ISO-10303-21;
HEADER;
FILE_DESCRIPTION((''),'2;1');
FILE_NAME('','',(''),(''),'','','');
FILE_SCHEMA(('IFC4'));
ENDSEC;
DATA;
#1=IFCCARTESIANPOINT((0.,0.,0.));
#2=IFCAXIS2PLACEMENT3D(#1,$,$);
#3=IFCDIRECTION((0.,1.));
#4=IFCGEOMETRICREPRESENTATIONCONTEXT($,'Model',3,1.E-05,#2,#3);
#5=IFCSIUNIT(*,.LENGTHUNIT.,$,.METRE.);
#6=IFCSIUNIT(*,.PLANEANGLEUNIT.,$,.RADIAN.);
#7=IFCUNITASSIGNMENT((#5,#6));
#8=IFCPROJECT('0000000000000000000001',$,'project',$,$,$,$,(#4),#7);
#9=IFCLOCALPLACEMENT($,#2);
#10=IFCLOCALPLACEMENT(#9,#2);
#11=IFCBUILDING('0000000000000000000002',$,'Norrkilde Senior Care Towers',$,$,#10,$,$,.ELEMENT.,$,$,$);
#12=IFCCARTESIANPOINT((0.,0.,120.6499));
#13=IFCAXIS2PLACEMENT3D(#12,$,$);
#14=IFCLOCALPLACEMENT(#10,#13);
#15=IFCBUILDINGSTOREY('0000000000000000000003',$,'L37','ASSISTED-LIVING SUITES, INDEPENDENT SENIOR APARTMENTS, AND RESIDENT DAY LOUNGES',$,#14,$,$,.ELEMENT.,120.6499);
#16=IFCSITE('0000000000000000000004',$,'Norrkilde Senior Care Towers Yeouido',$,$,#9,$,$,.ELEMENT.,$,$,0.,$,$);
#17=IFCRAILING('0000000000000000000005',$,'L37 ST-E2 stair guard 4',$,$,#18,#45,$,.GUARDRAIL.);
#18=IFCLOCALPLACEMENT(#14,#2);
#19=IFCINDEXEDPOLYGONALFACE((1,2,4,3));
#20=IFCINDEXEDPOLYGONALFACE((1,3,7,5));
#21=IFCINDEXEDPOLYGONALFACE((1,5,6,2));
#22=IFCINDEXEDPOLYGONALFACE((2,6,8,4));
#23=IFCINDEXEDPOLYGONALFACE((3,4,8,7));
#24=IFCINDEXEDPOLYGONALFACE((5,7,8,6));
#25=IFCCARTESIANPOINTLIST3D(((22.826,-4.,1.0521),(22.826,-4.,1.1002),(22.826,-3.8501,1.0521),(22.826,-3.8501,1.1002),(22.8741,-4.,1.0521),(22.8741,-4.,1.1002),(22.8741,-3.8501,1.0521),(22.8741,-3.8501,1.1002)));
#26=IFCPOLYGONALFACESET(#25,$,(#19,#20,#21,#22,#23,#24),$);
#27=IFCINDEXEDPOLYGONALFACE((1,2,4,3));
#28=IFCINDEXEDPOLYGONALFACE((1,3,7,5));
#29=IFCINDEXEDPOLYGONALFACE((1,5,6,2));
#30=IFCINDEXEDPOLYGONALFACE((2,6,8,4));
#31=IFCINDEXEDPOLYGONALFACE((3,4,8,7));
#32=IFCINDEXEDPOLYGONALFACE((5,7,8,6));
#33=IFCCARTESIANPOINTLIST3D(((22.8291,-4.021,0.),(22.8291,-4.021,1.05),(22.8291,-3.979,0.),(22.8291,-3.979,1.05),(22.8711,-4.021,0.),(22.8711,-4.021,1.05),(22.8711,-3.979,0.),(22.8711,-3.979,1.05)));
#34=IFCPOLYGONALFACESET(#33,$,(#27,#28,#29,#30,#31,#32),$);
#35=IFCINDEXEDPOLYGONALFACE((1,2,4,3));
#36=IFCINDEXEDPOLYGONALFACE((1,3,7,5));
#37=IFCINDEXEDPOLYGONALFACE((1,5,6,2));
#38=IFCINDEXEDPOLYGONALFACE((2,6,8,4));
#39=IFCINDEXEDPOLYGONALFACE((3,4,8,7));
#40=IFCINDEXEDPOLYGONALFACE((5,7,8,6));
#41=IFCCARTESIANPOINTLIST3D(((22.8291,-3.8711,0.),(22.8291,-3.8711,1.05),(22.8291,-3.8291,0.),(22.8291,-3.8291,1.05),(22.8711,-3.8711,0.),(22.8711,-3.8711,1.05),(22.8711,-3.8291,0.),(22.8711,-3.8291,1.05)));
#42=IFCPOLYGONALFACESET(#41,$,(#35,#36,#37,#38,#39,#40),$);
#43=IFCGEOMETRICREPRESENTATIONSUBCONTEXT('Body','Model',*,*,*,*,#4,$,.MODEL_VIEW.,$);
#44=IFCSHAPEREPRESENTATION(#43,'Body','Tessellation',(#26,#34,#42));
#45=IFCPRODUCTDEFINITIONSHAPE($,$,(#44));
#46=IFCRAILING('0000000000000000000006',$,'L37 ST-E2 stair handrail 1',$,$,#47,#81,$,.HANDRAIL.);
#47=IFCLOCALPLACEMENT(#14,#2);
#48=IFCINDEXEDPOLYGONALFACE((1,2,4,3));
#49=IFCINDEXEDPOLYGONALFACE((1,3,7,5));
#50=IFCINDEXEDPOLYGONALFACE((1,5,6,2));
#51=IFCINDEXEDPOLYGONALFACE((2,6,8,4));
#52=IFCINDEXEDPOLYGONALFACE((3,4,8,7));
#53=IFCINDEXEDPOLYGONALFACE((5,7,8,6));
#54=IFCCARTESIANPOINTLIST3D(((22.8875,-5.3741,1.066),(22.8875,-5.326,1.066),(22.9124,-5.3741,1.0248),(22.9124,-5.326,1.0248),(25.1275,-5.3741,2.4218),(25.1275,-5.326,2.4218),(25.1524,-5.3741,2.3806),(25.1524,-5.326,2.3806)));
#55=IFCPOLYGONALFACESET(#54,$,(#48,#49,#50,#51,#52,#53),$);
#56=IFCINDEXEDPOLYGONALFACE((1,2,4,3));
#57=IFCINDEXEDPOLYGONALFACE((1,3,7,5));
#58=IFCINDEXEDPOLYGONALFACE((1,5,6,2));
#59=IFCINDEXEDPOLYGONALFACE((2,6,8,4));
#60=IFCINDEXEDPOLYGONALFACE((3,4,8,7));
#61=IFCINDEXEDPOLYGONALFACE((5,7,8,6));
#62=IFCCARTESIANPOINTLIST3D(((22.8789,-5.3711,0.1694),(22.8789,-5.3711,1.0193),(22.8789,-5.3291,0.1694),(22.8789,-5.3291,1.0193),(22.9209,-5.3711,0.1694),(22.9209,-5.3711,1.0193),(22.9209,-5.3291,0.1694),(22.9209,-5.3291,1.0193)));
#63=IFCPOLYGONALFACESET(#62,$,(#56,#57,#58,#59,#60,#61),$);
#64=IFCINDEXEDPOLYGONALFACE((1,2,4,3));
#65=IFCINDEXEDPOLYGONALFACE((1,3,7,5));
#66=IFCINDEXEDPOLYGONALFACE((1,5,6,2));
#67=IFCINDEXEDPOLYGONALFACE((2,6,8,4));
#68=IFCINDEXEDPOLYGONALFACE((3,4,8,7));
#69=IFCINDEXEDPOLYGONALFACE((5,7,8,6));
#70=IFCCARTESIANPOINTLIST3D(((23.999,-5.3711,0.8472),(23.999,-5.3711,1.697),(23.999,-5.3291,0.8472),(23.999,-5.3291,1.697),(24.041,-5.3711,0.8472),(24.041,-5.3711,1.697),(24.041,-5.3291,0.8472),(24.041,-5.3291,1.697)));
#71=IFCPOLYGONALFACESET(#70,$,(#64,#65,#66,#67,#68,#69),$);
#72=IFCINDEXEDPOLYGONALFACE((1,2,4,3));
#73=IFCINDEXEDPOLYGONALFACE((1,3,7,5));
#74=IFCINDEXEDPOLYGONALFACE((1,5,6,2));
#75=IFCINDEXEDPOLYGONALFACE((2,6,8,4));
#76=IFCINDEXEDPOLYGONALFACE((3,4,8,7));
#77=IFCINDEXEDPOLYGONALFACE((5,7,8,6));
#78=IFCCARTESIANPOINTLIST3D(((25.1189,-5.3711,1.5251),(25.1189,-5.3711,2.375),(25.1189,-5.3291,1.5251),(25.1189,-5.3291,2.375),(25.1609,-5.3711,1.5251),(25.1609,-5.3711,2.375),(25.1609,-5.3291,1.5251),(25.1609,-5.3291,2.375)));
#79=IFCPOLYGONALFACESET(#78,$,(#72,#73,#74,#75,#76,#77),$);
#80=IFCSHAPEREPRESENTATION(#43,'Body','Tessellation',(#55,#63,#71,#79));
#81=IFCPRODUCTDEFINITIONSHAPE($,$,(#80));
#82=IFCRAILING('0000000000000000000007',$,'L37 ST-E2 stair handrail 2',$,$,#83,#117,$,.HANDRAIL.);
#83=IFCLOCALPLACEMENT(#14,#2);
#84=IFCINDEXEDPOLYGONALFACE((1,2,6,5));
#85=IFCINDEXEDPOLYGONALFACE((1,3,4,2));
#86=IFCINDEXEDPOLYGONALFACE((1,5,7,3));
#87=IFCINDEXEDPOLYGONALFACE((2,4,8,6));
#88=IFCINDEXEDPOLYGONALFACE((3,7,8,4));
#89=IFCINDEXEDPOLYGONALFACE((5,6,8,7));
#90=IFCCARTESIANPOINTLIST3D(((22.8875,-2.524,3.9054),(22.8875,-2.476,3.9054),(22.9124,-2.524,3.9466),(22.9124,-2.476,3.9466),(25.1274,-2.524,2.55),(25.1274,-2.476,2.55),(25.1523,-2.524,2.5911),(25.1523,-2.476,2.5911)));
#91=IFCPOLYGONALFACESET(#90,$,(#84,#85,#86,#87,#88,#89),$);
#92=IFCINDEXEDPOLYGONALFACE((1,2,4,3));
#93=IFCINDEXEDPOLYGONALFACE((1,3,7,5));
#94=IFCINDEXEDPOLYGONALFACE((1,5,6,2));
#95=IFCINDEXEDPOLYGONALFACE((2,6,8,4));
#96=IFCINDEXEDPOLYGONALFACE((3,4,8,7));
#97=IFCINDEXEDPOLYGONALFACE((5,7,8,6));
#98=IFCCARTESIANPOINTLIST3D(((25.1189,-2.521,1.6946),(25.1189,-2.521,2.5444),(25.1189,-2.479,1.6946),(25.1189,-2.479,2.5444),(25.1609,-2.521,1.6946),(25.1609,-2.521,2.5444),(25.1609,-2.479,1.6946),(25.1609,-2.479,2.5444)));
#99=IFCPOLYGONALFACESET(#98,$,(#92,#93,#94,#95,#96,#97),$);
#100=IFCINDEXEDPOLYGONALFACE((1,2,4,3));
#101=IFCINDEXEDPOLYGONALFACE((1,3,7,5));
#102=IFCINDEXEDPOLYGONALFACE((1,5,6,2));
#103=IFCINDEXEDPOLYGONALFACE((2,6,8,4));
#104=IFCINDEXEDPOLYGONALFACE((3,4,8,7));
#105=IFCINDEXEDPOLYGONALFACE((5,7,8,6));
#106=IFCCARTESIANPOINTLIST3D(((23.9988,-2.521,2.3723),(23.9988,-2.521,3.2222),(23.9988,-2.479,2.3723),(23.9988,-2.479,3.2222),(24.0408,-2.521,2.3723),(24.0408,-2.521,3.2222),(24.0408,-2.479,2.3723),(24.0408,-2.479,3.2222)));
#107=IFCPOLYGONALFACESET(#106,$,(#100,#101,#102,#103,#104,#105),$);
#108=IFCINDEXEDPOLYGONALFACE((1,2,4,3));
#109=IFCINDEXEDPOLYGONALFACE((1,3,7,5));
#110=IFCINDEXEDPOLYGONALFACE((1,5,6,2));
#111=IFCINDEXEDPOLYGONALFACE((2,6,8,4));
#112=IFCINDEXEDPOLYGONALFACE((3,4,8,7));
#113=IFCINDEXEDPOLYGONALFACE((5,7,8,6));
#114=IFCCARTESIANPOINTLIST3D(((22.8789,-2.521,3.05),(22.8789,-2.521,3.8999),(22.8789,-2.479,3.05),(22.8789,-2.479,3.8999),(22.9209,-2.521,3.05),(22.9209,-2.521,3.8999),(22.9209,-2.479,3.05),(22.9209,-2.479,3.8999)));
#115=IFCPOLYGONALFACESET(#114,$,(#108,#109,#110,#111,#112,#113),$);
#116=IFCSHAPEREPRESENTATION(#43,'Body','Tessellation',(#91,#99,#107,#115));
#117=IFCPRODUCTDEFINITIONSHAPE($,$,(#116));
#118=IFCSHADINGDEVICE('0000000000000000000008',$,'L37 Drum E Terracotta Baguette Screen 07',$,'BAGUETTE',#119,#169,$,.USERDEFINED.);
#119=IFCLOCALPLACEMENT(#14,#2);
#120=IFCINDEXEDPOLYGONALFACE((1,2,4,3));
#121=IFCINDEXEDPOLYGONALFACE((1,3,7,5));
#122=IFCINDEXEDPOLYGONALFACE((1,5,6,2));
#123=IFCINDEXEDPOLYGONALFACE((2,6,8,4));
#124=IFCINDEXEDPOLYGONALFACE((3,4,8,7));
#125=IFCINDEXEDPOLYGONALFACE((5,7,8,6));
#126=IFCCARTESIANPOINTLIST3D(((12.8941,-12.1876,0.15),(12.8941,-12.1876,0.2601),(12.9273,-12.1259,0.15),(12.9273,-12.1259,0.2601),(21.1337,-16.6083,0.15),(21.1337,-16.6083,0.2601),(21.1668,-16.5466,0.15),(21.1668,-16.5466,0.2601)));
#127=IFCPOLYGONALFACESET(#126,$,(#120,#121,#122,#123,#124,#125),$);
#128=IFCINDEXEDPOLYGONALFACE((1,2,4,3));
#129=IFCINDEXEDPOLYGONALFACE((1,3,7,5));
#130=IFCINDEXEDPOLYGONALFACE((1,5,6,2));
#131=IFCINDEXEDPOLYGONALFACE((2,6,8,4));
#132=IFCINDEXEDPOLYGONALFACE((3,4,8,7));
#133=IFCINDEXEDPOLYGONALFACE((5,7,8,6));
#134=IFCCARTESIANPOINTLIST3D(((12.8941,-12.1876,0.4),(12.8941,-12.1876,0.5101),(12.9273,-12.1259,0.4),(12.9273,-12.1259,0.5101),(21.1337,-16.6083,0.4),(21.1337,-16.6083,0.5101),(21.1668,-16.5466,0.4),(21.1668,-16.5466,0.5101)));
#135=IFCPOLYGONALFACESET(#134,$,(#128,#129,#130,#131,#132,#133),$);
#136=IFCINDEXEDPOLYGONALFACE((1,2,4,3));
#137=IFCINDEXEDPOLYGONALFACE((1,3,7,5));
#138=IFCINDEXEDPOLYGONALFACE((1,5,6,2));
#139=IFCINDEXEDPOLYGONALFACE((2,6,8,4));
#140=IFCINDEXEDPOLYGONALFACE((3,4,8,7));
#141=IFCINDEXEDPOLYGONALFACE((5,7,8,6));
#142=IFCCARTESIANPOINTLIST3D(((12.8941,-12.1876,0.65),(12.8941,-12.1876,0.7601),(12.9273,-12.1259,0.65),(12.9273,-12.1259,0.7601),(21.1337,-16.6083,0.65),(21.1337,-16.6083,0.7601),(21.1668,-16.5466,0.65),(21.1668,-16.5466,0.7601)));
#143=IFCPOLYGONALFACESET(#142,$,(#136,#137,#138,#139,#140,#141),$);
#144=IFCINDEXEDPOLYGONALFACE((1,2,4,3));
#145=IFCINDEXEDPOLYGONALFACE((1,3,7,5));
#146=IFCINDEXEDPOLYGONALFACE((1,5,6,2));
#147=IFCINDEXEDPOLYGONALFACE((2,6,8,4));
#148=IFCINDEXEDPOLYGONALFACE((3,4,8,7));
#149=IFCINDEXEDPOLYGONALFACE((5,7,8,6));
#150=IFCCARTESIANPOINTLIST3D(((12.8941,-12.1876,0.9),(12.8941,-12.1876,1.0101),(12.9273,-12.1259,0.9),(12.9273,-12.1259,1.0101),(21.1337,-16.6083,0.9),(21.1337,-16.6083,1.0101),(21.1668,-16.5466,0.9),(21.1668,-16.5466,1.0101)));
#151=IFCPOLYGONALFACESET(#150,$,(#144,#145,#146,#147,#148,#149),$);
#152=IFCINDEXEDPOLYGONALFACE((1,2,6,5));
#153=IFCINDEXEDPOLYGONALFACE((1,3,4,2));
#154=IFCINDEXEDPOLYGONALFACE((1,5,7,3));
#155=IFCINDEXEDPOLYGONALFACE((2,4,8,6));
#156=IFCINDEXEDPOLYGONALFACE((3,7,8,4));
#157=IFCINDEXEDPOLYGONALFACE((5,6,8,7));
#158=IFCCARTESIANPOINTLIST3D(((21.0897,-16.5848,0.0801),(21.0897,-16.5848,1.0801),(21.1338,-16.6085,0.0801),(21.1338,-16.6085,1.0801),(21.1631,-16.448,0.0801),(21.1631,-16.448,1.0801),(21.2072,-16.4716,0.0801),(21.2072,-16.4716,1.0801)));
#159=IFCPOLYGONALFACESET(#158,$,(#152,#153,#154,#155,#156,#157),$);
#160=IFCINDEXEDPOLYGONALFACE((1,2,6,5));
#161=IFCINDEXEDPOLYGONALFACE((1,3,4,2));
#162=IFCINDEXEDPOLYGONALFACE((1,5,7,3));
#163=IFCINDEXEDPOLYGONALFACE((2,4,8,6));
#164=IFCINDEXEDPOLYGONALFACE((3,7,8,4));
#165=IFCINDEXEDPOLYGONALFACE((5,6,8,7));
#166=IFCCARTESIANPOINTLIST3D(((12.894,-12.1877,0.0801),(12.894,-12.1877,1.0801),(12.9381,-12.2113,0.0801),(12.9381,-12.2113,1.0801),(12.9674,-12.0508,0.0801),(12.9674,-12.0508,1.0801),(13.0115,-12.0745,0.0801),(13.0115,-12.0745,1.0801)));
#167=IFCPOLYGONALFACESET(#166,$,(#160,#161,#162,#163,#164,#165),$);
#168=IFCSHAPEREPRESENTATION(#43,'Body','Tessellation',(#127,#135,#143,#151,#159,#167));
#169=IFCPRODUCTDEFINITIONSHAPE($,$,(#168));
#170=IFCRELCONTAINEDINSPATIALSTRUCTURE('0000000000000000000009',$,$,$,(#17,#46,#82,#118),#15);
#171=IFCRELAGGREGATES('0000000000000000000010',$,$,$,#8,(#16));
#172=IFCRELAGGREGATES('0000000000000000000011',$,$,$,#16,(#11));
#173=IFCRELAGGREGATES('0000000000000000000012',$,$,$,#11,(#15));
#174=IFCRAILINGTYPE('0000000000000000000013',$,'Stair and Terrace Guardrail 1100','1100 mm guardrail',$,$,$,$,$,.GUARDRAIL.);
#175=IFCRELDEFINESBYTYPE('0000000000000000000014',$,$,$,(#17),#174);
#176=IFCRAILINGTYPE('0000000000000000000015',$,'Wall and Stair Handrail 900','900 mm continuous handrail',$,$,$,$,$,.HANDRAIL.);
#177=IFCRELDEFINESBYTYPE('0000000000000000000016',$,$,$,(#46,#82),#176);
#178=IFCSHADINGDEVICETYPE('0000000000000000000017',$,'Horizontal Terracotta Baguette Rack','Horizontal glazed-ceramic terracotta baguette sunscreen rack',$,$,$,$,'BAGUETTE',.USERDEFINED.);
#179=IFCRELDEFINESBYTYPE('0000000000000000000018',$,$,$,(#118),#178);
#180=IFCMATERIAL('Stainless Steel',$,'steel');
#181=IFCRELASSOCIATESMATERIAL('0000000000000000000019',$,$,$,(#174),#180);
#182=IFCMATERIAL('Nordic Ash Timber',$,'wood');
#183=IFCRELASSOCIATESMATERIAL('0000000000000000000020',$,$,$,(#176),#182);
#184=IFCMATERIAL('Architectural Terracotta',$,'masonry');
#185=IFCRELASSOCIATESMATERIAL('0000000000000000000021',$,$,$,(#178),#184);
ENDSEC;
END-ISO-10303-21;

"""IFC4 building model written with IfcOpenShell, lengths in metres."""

from ifc_helpers import new_model, si_unit, direction, frame, origin, origin_2d, place, context, subcontext, project, spatial, rectangle, extrude, source, transform, mapped, material, type_object, type_shapes, element, save


model = new_model("IFC4")

# Units and contexts
model_context = context("Model", 3, precision=1e-05, world=origin(), true_north=direction((0.0, 1.0)))
body_context = subcontext(model_context, "Body", "Model", "MODEL_VIEW")
ifc_project = project(units=[si_unit("LENGTHUNIT", "METRE"), si_unit("PLANEANGLEUNIT", "RADIAN")], contexts=[model_context])

# Site, building, storey
site_placement = place(None, origin())
site = spatial("IfcSite", under=ifc_project, at=site_placement, Name="Norrkilde Senior Care Towers Yeouido", CompositionType="ELEMENT", RefElevation=0.0)
building_placement = place(site_placement, origin())
building = spatial("IfcBuilding", under=site, at=building_placement, Name="Norrkilde Senior Care Towers", CompositionType="ELEMENT")
storey_placement = place(building_placement, frame((0.0, 0.0, 120.6499)))
storey = spatial("IfcBuildingStorey", under=building, at=storey_placement, Name="L37", Description="ASSISTED-LIVING SUITES, INDEPENDENT SENIOR APARTMENTS, AND RESIDENT DAY LOUNGES", CompositionType="ELEMENT", Elevation=120.6499)

# Railings
ifc_material_1 = material(Name="Stainless Steel", Category="steel")
railing_type_1 = type_object("IfcRailingType", Name="Stair and Terrace Guardrail 1100", Description="1100 mm guardrail", PredefinedType="GUARDRAIL", material=ifc_material_1)
railing_1_placement = place(storey_placement, frame((22.8501, -4.0, 0.0)))
element("IfcRailing", 1, at=railing_1_placement, inside=storey, type_object=railing_type_1, Name="L37 ST-E2 stair guard 4", PredefinedType="GUARDRAIL", context=body_context, shape_type="SweptSolid", body=[
    extrude(rectangle(XDim=0.0481, YDim=0.0481, at=origin_2d()), frame((0.0, 0.0, 1.0762), z_axis=(0.0, 1.0, 0.0), x_axis=(-1.0, 0.0, 0.0)), (0.0, 0.0, 1.0), 0.1499),
    extrude(rectangle(XDim=0.042, YDim=0.042, at=origin_2d()), origin(), (0.0, 0.0, 1.0), 1.05),
    extrude(rectangle(XDim=0.042, YDim=0.042, at=origin_2d()), frame((0.0, 0.1499, 0.0)), (0.0, 0.0, 1.0), 1.05),
])
ifc_material_2 = material(Name="Nordic Ash Timber", Category="wood")
railing_type_2 = type_object("IfcRailingType", Name="Wall and Stair Handrail 900", Description="900 mm continuous handrail", PredefinedType="HANDRAIL", material=ifc_material_2)
railing_2_placement = place(storey_placement, frame((22.8999, -5.3501, 0.1694)))
element("IfcRailing", 2, at=railing_2_placement, inside=storey, type_object=railing_type_2, Name="L37 ST-E2 stair handrail 1", PredefinedType="HANDRAIL", context=body_context, shape_type="SweptSolid", body=[
    extrude(rectangle(XDim=0.0481, YDim=0.0481, at=origin_2d()), frame((0.0, 0.0, 0.876), z_axis=(0.855512, 0.0, 0.517783), x_axis=(0.0, 1.0, 0.0)), (0.0, 0.0, 1.0), 2.6184),
    extrude(rectangle(XDim=0.042, YDim=0.042, at=origin_2d()), origin(), (0.0, 0.0, 1.0), 0.8499),
    extrude(rectangle(XDim=0.042, YDim=0.042, at=origin_2d()), frame((1.1201, 0.0, 0.6777)), (0.0, 0.0, 1.0), 0.8499),
    extrude(rectangle(XDim=0.042, YDim=0.042, at=origin_2d()), frame((2.24, 0.0, 1.3557)), (0.0, 0.0, 1.0), 0.8499),
])
railing_3_placement = place(storey_placement, frame((25.1399, -2.5, 1.6946)))
element("IfcRailing", 3, at=railing_3_placement, inside=storey, type_object=railing_type_2, Name="L37 ST-E2 stair handrail 2", PredefinedType="HANDRAIL", context=body_context, shape_type="SweptSolid", body=[
    extrude(rectangle(XDim=0.0481, YDim=0.0481, at=origin_2d()), frame((0.0, 0.0, 0.876), z_axis=(-0.855553, 0.0, 0.517715), x_axis=(0.0, -1.0, 0.0)), (0.0, 0.0, 1.0), 2.6182),
    extrude(rectangle(XDim=0.042, YDim=0.042, at=origin_2d()), origin(), (0.0, 0.0, 1.0), 0.8499),
    extrude(rectangle(XDim=0.042, YDim=0.042, at=origin_2d()), frame((-1.1201, 0.0, 0.6777)), (0.0, 0.0, 1.0), 0.8499),
    extrude(rectangle(XDim=0.042, YDim=0.042, at=origin_2d()), frame((-2.24, 0.0, 1.3555)), (0.0, 0.0, 1.0), 0.8499),
])

# Shading device
ifc_material_3 = material(Name="Architectural Terracotta", Category="masonry")
shading_device_type = type_object("IfcShadingDeviceType", Name="Horizontal Terracotta Baguette Rack", Description="Horizontal glazed-ceramic terracotta baguette sunscreen rack", ElementType="BAGUETTE", PredefinedType="USERDEFINED", material=ifc_material_3)
shared_shape_1 = source(origin(), body_context, "Body", "SweptSolid", [
    extrude(rectangle(XDim=0.0701, YDim=0.1101, at=origin_2d()), frame((0.0, 0.0901, 0.125), z_axis=(1.0, 0.0, 0.0), x_axis=(0.0, 1.0, 0.0)), (0.0, 0.0, 1.0), 9.3506),
    extrude(rectangle(XDim=0.0701, YDim=0.1101, at=origin_2d()), frame((0.0, 0.0901, 0.375), z_axis=(1.0, 0.0, 0.0), x_axis=(0.0, 1.0, 0.0)), (0.0, 0.0, 1.0), 9.3506),
    extrude(rectangle(XDim=0.0701, YDim=0.1101, at=origin_2d()), frame((0.0, 0.0901, 0.625), z_axis=(1.0, 0.0, 0.0), x_axis=(0.0, 1.0, 0.0)), (0.0, 0.0, 1.0), 9.3506),
    extrude(rectangle(XDim=0.0701, YDim=0.1101, at=origin_2d()), frame((0.0, 0.0901, 0.875), z_axis=(1.0, 0.0, 0.0), x_axis=(0.0, 1.0, 0.0)), (0.0, 0.0, 1.0), 9.3506),
    extrude(rectangle(XDim=0.05, YDim=0.1553, at=origin_2d()), frame((0.0249, 0.0476, 0.0)), (0.0, 0.0, 1.0), 1.0),
    extrude(rectangle(XDim=0.05, YDim=0.1553, at=origin_2d()), frame((9.3257, 0.0476, 0.0)), (0.0, 0.0, 1.0), 1.0),
])
type_shapes(shading_device_type, [shared_shape_1])
shading_device_placement = place(storey_placement, frame((21.1929, -16.498, 0.0801), z_axis=(0.0, 0.0, 1.0), x_axis=(-0.881175, 0.472768, 0.0)))
element("IfcShadingDevice", 4, at=shading_device_placement, inside=storey, type_object=shading_device_type, Name="L37 Drum E Terracotta Baguette Screen 07", ObjectType="BAGUETTE", PredefinedType="USERDEFINED", context=body_context, shape_type="MappedRepresentation", body=[
    mapped(shared_shape_1, transform((0.0, 0.0, 0.0), x_axis=(1.0, 0.0, 0.0), y_axis=(0.0, 1.0, 0.0), z_axis=(0.0, 0.0, 1.0), scale=1.0)),
])

save(model, "model.ifc")
